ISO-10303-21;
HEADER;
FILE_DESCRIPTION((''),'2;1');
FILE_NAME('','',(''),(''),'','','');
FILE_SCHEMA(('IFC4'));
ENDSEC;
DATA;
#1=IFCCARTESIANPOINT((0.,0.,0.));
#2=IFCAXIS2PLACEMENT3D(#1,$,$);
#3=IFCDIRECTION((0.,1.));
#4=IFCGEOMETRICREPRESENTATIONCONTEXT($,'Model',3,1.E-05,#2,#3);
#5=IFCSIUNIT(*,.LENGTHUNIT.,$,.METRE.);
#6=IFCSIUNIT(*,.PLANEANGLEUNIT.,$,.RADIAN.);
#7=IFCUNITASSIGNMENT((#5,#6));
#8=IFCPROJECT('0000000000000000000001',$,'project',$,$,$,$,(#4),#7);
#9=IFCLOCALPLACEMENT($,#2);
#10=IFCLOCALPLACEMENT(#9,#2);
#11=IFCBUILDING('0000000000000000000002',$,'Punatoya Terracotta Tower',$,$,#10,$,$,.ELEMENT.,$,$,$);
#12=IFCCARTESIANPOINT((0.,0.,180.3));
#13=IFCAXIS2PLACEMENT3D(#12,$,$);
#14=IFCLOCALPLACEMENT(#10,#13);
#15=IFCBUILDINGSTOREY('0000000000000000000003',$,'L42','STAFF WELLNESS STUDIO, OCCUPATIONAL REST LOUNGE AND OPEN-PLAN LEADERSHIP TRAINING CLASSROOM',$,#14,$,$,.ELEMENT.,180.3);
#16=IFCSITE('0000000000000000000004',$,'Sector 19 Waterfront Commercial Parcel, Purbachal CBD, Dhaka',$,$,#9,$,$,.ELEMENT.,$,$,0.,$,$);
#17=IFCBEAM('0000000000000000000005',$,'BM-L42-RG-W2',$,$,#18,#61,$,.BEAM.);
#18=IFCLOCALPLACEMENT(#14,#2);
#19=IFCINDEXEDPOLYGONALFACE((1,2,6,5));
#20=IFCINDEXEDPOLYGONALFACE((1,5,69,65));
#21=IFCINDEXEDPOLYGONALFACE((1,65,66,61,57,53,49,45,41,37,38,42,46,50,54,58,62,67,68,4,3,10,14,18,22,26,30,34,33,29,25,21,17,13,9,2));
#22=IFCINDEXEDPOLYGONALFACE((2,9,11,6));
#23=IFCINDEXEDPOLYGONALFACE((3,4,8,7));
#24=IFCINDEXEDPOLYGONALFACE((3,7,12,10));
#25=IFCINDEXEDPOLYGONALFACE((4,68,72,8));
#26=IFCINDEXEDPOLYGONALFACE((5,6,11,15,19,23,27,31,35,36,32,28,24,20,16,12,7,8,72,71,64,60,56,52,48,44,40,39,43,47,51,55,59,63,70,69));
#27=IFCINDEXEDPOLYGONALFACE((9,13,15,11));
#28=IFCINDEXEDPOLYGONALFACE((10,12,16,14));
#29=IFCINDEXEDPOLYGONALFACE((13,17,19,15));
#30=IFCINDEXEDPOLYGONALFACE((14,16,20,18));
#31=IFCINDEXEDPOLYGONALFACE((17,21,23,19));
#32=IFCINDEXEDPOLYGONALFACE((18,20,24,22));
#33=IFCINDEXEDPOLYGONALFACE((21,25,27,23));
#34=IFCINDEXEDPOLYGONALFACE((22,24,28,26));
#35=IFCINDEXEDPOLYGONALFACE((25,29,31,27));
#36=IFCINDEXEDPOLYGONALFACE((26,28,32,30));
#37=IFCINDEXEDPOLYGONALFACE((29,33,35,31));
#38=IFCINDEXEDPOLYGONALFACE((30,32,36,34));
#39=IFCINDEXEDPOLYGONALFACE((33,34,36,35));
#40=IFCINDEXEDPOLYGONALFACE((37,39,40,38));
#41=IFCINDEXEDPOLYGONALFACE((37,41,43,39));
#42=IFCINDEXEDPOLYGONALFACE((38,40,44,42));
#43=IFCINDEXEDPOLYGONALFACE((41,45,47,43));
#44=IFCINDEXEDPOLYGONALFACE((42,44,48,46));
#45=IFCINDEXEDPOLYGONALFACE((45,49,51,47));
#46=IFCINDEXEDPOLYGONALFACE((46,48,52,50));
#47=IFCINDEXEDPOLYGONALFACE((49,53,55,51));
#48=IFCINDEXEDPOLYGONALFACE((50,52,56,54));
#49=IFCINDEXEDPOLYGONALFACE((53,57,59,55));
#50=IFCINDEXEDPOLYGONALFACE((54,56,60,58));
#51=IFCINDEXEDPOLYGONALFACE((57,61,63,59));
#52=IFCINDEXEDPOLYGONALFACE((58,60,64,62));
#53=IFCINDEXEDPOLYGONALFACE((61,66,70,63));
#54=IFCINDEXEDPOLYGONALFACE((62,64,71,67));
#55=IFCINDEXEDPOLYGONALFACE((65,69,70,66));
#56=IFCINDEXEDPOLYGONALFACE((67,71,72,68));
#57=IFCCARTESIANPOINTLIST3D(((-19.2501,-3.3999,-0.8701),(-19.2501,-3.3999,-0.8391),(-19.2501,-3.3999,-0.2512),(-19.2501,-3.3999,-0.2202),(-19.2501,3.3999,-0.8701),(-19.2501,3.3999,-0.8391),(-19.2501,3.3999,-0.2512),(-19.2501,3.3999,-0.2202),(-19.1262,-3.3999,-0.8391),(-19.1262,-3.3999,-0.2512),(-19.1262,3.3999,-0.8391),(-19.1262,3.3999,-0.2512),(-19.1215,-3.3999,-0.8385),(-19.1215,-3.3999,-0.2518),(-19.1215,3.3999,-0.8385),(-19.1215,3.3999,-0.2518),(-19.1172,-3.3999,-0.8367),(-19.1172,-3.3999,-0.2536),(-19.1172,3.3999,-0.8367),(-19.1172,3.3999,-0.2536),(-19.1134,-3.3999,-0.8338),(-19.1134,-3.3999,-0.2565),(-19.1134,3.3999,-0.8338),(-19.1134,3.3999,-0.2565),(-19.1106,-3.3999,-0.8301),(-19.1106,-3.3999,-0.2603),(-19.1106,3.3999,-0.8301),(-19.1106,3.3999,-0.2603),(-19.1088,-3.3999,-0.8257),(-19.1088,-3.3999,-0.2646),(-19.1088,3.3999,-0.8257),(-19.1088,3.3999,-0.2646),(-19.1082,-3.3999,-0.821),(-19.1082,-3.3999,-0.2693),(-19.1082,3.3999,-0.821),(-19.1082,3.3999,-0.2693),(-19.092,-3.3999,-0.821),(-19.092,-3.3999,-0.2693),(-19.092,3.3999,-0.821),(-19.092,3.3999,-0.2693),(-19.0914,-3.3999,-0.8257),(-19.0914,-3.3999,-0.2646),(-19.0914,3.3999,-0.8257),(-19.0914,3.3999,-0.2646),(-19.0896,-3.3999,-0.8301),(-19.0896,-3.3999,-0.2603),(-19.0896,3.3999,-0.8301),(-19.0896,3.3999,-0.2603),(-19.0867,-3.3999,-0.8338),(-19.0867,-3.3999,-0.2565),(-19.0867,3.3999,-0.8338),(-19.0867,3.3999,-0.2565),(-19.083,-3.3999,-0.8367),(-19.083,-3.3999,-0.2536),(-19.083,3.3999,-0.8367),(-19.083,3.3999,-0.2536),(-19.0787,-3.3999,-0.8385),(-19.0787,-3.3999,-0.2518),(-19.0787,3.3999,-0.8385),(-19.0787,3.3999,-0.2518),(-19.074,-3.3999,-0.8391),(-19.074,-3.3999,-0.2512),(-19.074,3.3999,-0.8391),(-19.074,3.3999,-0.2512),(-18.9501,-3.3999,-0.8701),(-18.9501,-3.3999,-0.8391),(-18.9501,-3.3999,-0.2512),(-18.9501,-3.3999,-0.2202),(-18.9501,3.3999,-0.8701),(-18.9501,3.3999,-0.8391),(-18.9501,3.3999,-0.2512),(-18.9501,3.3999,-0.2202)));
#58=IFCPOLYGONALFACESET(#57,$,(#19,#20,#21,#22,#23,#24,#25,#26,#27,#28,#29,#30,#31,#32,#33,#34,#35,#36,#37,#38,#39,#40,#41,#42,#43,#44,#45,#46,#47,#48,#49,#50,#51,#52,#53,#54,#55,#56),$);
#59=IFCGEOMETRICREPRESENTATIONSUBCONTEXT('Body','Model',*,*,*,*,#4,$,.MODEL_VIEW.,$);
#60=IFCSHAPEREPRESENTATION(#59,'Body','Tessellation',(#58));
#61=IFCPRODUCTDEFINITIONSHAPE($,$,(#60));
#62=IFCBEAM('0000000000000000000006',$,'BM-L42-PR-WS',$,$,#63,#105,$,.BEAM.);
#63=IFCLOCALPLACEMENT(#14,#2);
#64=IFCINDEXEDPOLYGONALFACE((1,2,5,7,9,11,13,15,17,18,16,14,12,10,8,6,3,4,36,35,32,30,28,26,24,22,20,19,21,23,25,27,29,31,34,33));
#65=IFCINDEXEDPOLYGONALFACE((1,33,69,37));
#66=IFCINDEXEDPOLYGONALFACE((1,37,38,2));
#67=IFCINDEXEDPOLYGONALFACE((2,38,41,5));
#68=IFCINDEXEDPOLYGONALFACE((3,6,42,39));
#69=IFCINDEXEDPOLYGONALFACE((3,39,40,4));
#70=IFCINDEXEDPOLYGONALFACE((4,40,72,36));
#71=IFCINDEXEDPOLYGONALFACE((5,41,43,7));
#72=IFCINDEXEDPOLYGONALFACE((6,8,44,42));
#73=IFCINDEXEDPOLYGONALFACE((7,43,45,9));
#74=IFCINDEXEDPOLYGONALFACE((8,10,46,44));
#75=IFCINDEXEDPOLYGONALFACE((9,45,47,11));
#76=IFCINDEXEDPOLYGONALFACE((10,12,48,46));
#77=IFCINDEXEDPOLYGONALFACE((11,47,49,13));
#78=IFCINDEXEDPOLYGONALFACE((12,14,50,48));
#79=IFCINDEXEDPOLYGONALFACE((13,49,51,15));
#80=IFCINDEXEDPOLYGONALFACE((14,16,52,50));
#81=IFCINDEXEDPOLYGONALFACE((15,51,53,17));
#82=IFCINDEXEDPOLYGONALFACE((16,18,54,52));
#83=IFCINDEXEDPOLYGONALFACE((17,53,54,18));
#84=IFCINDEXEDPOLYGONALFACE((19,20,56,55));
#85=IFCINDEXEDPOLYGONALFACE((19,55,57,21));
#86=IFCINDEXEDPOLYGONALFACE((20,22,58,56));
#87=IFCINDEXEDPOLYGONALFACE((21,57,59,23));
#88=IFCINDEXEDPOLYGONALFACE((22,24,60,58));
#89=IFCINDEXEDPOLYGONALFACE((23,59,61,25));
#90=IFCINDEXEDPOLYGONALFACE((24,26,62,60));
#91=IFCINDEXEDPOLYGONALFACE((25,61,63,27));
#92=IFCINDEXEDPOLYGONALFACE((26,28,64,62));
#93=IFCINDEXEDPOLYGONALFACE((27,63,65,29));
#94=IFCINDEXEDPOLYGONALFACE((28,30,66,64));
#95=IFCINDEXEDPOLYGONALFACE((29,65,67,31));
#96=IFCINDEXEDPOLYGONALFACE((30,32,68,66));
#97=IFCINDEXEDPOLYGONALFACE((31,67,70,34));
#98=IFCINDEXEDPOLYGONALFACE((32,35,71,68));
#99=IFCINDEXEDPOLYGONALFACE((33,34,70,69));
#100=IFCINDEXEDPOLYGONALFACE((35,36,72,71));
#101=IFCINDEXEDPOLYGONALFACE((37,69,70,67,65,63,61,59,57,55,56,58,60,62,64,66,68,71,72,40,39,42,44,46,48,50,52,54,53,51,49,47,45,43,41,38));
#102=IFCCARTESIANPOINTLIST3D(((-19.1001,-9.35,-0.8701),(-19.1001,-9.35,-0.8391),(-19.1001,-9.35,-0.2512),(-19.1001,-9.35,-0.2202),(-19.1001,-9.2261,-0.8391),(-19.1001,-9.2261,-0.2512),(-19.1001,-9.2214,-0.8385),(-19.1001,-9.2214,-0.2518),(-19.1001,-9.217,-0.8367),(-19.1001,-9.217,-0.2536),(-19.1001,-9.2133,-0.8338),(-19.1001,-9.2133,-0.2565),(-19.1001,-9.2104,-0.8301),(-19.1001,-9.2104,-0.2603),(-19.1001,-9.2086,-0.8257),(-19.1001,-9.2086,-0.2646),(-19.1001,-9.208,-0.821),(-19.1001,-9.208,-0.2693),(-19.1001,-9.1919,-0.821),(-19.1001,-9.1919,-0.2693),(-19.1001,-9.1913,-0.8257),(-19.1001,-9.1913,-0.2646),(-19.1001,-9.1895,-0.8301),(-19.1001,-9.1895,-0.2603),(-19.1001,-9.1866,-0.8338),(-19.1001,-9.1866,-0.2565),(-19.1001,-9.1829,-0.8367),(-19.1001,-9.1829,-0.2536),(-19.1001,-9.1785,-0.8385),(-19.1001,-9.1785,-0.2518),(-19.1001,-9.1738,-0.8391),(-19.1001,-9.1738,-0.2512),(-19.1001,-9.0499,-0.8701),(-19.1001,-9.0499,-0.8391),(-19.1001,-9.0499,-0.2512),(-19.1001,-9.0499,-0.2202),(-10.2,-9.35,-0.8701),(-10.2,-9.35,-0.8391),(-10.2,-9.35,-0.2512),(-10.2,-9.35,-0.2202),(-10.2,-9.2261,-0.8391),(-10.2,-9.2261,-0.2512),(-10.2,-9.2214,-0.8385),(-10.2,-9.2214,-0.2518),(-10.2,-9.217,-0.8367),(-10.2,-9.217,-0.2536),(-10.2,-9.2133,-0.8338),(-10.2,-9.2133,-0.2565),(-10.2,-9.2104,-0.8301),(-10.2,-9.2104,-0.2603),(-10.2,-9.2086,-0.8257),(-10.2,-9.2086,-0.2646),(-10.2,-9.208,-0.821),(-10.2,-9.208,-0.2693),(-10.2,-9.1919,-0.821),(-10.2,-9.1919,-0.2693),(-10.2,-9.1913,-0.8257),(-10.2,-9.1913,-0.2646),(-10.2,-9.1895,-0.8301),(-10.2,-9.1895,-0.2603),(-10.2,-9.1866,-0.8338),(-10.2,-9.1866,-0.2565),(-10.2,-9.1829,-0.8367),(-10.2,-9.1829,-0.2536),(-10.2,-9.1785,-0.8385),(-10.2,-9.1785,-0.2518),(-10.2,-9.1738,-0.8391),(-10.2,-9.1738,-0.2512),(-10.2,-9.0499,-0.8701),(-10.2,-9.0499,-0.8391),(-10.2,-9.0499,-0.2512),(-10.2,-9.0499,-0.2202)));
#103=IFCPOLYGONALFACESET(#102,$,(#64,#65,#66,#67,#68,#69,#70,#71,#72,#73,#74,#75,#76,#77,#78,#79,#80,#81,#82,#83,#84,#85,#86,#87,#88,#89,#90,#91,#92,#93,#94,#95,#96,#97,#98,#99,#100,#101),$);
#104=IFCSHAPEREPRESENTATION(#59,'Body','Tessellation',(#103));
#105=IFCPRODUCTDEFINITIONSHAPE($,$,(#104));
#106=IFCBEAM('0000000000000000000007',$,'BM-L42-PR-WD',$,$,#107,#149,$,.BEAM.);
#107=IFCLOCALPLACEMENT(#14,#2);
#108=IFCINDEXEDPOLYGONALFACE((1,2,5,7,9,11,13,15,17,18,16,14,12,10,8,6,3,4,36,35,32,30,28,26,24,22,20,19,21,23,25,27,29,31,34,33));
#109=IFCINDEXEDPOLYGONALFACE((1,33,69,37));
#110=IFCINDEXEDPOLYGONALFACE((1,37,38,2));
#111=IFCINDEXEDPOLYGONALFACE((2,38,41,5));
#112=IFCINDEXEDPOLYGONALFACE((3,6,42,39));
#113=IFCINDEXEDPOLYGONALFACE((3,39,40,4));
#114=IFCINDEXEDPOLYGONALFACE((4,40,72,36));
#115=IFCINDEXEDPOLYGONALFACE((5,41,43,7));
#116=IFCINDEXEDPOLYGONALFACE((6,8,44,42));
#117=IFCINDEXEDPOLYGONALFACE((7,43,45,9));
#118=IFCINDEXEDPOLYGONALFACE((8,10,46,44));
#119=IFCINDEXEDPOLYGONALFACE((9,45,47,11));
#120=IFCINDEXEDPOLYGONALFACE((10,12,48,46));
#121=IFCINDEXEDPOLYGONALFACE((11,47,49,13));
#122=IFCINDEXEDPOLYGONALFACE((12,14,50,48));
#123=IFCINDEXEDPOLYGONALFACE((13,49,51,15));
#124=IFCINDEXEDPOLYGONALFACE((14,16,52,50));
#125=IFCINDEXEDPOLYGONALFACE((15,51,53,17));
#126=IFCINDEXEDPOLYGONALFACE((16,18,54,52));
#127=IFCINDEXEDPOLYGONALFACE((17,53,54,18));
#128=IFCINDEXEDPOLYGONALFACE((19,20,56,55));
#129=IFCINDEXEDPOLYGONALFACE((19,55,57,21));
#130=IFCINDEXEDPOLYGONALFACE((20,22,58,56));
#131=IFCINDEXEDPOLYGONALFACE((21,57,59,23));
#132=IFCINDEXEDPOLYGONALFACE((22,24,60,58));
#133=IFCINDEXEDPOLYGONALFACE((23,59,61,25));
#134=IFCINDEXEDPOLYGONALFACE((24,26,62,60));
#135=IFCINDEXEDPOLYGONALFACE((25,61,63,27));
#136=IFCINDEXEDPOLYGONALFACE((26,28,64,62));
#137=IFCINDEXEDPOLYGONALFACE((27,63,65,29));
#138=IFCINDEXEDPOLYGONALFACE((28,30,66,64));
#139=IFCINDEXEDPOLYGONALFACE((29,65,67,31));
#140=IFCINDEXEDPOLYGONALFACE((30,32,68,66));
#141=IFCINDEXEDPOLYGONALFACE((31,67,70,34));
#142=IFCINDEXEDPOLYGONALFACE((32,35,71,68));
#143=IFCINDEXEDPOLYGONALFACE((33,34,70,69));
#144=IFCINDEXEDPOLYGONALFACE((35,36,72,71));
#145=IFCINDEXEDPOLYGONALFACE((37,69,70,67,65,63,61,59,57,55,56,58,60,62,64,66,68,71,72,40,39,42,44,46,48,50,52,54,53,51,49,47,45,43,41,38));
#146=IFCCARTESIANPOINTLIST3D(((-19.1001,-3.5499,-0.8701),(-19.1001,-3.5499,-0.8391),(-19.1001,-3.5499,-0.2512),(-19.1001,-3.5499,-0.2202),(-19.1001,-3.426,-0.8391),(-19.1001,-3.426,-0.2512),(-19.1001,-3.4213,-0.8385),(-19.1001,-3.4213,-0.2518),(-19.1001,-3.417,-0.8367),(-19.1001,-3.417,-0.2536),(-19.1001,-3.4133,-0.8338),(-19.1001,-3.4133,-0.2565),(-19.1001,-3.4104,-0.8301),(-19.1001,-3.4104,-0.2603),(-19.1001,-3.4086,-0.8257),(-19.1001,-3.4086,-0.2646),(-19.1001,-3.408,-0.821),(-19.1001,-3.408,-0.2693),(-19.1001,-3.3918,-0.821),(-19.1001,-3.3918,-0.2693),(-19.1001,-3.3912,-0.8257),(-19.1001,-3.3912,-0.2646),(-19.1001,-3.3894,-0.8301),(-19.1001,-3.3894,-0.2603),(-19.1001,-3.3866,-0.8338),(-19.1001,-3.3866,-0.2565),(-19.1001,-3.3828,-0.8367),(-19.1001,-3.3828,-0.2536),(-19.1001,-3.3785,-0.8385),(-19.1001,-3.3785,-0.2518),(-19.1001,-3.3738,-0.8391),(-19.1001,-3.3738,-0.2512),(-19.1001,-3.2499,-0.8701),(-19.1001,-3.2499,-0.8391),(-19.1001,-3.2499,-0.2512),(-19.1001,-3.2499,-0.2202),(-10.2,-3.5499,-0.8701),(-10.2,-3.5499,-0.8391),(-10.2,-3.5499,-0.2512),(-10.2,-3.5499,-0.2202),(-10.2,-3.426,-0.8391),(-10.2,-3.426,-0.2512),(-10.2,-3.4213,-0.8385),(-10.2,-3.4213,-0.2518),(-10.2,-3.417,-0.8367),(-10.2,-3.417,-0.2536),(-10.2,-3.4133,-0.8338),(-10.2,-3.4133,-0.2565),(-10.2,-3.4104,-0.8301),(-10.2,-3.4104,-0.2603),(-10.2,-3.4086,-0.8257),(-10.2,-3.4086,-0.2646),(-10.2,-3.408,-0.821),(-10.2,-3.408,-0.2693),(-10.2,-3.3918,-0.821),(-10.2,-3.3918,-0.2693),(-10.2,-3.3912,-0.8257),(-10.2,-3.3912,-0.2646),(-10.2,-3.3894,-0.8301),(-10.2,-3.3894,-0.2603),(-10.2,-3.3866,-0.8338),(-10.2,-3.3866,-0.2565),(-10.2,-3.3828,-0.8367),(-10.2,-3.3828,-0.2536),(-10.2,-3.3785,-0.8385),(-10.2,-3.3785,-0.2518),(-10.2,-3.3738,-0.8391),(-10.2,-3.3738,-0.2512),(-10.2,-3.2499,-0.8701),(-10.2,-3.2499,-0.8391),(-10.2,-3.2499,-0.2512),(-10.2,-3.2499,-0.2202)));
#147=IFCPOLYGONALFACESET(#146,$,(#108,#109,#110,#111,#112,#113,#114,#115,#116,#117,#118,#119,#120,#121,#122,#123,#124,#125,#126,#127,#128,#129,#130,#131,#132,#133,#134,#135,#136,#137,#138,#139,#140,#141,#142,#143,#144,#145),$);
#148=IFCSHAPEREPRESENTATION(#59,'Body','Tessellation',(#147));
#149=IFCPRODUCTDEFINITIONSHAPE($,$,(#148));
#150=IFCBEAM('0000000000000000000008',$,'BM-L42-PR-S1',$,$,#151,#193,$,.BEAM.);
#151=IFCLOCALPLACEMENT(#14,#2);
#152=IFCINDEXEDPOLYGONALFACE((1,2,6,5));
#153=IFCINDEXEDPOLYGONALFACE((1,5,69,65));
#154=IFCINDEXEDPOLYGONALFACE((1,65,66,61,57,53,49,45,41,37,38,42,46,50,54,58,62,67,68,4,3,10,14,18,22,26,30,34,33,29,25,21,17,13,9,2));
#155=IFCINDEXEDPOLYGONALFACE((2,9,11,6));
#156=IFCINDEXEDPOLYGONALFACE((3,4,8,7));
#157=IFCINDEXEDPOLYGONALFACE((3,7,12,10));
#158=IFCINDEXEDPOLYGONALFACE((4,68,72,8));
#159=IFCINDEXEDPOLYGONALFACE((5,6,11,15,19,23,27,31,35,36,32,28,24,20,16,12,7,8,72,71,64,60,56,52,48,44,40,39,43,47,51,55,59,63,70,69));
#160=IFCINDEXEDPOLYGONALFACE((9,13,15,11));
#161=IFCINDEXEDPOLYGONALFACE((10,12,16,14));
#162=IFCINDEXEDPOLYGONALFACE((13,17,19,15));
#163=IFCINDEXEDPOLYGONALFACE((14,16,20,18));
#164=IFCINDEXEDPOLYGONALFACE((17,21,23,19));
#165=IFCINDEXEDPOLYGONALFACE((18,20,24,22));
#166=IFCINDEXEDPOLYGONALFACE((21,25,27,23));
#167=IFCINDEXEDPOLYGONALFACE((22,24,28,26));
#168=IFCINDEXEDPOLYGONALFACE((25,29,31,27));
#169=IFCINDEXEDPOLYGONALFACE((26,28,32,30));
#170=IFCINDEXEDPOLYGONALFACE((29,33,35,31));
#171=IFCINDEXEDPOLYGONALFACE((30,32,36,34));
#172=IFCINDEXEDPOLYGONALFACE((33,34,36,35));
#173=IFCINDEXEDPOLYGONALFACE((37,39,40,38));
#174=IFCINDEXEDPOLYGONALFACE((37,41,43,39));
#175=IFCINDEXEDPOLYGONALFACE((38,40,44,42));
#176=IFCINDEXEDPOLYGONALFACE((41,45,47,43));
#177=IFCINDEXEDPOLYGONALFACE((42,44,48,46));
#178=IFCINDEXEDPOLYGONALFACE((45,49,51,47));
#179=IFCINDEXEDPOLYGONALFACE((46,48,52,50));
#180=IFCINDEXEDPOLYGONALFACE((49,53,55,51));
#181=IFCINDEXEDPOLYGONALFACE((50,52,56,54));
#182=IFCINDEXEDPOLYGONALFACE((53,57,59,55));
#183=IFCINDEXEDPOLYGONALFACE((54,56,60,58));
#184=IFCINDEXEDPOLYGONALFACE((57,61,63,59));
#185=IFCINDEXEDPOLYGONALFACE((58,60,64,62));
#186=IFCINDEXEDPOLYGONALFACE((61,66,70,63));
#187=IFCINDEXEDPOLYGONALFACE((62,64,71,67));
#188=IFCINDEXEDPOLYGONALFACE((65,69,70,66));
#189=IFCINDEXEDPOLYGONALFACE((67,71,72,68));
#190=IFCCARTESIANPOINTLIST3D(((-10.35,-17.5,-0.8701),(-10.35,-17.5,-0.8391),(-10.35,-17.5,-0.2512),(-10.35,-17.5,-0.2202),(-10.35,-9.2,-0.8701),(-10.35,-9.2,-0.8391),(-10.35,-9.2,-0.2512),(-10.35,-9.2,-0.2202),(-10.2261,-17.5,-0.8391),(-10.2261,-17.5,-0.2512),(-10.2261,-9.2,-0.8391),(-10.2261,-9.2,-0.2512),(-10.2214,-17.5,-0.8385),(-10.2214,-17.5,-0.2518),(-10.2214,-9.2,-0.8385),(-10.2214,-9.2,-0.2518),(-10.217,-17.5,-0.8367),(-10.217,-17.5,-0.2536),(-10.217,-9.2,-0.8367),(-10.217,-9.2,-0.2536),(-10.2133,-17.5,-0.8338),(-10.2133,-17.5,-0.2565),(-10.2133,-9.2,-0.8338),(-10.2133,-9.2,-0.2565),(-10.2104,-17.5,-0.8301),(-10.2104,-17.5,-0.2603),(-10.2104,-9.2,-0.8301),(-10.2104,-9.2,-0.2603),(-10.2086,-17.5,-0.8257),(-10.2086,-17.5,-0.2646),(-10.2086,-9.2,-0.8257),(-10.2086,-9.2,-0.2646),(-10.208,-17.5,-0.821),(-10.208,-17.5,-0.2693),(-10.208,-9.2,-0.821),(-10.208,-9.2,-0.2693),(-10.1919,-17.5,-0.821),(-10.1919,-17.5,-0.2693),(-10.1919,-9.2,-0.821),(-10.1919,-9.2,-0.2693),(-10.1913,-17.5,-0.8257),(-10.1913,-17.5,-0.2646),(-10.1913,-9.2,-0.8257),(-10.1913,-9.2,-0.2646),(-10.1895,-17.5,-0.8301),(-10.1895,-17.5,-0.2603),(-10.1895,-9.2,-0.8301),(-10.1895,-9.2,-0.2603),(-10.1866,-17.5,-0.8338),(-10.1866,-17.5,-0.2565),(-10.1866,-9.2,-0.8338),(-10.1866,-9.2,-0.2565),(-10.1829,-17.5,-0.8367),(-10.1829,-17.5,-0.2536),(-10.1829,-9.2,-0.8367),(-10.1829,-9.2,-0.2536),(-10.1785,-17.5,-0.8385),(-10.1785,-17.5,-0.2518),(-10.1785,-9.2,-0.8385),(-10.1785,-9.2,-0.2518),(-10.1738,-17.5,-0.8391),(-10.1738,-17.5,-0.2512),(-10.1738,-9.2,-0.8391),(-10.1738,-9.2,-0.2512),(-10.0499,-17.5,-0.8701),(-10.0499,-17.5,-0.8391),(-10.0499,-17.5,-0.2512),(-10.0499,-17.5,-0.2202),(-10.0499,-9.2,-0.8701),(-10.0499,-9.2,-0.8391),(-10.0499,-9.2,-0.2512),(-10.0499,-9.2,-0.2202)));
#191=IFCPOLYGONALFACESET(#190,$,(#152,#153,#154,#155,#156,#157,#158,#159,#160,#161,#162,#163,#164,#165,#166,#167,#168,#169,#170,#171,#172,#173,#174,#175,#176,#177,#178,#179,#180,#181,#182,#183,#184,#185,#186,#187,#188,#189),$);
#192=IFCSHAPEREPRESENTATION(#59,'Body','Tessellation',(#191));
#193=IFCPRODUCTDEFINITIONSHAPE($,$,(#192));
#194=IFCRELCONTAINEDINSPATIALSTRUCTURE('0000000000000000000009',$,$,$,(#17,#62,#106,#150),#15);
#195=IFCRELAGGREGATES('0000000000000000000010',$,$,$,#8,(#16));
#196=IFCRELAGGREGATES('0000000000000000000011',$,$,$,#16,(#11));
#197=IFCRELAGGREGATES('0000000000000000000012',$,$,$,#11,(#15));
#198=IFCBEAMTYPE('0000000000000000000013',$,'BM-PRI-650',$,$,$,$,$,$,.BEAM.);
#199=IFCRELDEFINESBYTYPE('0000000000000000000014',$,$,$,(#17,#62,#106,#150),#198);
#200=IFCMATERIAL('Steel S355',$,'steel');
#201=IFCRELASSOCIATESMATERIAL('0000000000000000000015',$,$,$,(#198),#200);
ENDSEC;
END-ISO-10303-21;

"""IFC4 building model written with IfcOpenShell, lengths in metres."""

from ifc_helpers import new_model, si_unit, direction, frame, origin, origin_2d, place, context, subcontext, project, spatial, i_section, extrude, material, material_profile, profile_set, type_object, element, save


model = new_model("IFC4")

# Units and contexts
model_context = context("Model", 3, precision=1e-05, world=origin(), true_north=direction((0.0, 1.0)))
body_context = subcontext(model_context, "Body", "Model", "MODEL_VIEW")
ifc_project = project(units=[si_unit("LENGTHUNIT", "METRE"), si_unit("PLANEANGLEUNIT", "RADIAN")], contexts=[model_context])

# Site, building, storey
site_placement = place(None, origin())
site = spatial("IfcSite", under=ifc_project, at=site_placement, Name="Sector 19 Waterfront Commercial Parcel, Purbachal CBD, Dhaka", CompositionType="ELEMENT", RefElevation=0.0)
building_placement = place(site_placement, origin())
building = spatial("IfcBuilding", under=site, at=building_placement, Name="Punatoya Terracotta Tower", CompositionType="ELEMENT")
storey_placement = place(building_placement, frame((0.0, 0.0, 180.3)))
storey = spatial("IfcBuildingStorey", under=building, at=storey_placement, Name="L42", Description="STAFF WELLNESS STUDIO, OCCUPATIONAL REST LOUNGE AND OPEN-PLAN LEADERSHIP TRAINING CLASSROOM", CompositionType="ELEMENT", Elevation=180.3)

# Beams
ifc_material_1 = material(Name="Steel S355", Category="steel")
ifc_material_profile_1 = material_profile(ifc_material_1, i_section(OverallWidth=0.3, OverallDepth=0.6499, WebThickness=0.0161, FlangeThickness=0.031, FilletRadius=0.0181, at=origin_2d()))
ifc_profile_set_1 = profile_set([ifc_material_profile_1], Name="Steel S355")
beam_type_1 = type_object("IfcBeamType", Name="BM-PRI-650", PredefinedType="BEAM", material=ifc_profile_set_1)
beam_1_placement = place(storey_placement, frame((-19.1001, -3.3999, -0.5452), z_axis=(0.0, 1.0, 0.0), x_axis=(-1.0, 0.0, 0.0)))
element("IfcBeam", 1, at=beam_1_placement, inside=storey, type_object=beam_type_1, Name="BM-L42-RG-W2", PredefinedType="BEAM", context=body_context, shape_type="SweptSolid", body=[
    extrude(i_section(OverallWidth=0.3, OverallDepth=0.6499, WebThickness=0.0161, FlangeThickness=0.031, FilletRadius=0.0181, at=origin_2d()), origin(), (0.0, 0.0, 1.0), 6.7998),
])
for number, where, z_axis, x_axis, name in (
    (2, (-19.1001, -9.2, -0.5452), (1.0, 0.0, 0.0), (0.0, 1.0, 0.0), "BM-L42-PR-WS"),
    (3, (-19.1001, -3.3999, -0.5452), (1.0, 0.0, 0.0), (0.0, 1.0, 0.0), "BM-L42-PR-WD"),
):
    element("IfcBeam", number, at=place(storey_placement, frame(where, z_axis=z_axis, x_axis=x_axis)), inside=storey, type_object=beam_type_1, Name=name, PredefinedType="BEAM", context=body_context, shape_type="SweptSolid", body=[
        extrude(i_section(OverallWidth=0.3, OverallDepth=0.6499, WebThickness=0.0161, FlangeThickness=0.031, FilletRadius=0.0181, at=origin_2d()), origin(), (0.0, 0.0, 1.0), 8.9001),
    ])
for number, where, z_axis, x_axis, name in (
    (4, (-10.2, -17.5, -0.5452), (0.0, 1.0, 0.0), (-1.0, 0.0, 0.0), "BM-L42-PR-S1"),
):
    element("IfcBeam", number, at=place(storey_placement, frame(where, z_axis=z_axis, x_axis=x_axis)), inside=storey, type_object=beam_type_1, Name=name, PredefinedType="BEAM", context=body_context, shape_type="SweptSolid", body=[
        extrude(i_section(OverallWidth=0.3, OverallDepth=0.6499, WebThickness=0.0161, FlangeThickness=0.031, FilletRadius=0.0181, at=origin_2d()), origin(), (0.0, 0.0, 1.0), 8.3),
    ])

save(model, "model.ifc")
